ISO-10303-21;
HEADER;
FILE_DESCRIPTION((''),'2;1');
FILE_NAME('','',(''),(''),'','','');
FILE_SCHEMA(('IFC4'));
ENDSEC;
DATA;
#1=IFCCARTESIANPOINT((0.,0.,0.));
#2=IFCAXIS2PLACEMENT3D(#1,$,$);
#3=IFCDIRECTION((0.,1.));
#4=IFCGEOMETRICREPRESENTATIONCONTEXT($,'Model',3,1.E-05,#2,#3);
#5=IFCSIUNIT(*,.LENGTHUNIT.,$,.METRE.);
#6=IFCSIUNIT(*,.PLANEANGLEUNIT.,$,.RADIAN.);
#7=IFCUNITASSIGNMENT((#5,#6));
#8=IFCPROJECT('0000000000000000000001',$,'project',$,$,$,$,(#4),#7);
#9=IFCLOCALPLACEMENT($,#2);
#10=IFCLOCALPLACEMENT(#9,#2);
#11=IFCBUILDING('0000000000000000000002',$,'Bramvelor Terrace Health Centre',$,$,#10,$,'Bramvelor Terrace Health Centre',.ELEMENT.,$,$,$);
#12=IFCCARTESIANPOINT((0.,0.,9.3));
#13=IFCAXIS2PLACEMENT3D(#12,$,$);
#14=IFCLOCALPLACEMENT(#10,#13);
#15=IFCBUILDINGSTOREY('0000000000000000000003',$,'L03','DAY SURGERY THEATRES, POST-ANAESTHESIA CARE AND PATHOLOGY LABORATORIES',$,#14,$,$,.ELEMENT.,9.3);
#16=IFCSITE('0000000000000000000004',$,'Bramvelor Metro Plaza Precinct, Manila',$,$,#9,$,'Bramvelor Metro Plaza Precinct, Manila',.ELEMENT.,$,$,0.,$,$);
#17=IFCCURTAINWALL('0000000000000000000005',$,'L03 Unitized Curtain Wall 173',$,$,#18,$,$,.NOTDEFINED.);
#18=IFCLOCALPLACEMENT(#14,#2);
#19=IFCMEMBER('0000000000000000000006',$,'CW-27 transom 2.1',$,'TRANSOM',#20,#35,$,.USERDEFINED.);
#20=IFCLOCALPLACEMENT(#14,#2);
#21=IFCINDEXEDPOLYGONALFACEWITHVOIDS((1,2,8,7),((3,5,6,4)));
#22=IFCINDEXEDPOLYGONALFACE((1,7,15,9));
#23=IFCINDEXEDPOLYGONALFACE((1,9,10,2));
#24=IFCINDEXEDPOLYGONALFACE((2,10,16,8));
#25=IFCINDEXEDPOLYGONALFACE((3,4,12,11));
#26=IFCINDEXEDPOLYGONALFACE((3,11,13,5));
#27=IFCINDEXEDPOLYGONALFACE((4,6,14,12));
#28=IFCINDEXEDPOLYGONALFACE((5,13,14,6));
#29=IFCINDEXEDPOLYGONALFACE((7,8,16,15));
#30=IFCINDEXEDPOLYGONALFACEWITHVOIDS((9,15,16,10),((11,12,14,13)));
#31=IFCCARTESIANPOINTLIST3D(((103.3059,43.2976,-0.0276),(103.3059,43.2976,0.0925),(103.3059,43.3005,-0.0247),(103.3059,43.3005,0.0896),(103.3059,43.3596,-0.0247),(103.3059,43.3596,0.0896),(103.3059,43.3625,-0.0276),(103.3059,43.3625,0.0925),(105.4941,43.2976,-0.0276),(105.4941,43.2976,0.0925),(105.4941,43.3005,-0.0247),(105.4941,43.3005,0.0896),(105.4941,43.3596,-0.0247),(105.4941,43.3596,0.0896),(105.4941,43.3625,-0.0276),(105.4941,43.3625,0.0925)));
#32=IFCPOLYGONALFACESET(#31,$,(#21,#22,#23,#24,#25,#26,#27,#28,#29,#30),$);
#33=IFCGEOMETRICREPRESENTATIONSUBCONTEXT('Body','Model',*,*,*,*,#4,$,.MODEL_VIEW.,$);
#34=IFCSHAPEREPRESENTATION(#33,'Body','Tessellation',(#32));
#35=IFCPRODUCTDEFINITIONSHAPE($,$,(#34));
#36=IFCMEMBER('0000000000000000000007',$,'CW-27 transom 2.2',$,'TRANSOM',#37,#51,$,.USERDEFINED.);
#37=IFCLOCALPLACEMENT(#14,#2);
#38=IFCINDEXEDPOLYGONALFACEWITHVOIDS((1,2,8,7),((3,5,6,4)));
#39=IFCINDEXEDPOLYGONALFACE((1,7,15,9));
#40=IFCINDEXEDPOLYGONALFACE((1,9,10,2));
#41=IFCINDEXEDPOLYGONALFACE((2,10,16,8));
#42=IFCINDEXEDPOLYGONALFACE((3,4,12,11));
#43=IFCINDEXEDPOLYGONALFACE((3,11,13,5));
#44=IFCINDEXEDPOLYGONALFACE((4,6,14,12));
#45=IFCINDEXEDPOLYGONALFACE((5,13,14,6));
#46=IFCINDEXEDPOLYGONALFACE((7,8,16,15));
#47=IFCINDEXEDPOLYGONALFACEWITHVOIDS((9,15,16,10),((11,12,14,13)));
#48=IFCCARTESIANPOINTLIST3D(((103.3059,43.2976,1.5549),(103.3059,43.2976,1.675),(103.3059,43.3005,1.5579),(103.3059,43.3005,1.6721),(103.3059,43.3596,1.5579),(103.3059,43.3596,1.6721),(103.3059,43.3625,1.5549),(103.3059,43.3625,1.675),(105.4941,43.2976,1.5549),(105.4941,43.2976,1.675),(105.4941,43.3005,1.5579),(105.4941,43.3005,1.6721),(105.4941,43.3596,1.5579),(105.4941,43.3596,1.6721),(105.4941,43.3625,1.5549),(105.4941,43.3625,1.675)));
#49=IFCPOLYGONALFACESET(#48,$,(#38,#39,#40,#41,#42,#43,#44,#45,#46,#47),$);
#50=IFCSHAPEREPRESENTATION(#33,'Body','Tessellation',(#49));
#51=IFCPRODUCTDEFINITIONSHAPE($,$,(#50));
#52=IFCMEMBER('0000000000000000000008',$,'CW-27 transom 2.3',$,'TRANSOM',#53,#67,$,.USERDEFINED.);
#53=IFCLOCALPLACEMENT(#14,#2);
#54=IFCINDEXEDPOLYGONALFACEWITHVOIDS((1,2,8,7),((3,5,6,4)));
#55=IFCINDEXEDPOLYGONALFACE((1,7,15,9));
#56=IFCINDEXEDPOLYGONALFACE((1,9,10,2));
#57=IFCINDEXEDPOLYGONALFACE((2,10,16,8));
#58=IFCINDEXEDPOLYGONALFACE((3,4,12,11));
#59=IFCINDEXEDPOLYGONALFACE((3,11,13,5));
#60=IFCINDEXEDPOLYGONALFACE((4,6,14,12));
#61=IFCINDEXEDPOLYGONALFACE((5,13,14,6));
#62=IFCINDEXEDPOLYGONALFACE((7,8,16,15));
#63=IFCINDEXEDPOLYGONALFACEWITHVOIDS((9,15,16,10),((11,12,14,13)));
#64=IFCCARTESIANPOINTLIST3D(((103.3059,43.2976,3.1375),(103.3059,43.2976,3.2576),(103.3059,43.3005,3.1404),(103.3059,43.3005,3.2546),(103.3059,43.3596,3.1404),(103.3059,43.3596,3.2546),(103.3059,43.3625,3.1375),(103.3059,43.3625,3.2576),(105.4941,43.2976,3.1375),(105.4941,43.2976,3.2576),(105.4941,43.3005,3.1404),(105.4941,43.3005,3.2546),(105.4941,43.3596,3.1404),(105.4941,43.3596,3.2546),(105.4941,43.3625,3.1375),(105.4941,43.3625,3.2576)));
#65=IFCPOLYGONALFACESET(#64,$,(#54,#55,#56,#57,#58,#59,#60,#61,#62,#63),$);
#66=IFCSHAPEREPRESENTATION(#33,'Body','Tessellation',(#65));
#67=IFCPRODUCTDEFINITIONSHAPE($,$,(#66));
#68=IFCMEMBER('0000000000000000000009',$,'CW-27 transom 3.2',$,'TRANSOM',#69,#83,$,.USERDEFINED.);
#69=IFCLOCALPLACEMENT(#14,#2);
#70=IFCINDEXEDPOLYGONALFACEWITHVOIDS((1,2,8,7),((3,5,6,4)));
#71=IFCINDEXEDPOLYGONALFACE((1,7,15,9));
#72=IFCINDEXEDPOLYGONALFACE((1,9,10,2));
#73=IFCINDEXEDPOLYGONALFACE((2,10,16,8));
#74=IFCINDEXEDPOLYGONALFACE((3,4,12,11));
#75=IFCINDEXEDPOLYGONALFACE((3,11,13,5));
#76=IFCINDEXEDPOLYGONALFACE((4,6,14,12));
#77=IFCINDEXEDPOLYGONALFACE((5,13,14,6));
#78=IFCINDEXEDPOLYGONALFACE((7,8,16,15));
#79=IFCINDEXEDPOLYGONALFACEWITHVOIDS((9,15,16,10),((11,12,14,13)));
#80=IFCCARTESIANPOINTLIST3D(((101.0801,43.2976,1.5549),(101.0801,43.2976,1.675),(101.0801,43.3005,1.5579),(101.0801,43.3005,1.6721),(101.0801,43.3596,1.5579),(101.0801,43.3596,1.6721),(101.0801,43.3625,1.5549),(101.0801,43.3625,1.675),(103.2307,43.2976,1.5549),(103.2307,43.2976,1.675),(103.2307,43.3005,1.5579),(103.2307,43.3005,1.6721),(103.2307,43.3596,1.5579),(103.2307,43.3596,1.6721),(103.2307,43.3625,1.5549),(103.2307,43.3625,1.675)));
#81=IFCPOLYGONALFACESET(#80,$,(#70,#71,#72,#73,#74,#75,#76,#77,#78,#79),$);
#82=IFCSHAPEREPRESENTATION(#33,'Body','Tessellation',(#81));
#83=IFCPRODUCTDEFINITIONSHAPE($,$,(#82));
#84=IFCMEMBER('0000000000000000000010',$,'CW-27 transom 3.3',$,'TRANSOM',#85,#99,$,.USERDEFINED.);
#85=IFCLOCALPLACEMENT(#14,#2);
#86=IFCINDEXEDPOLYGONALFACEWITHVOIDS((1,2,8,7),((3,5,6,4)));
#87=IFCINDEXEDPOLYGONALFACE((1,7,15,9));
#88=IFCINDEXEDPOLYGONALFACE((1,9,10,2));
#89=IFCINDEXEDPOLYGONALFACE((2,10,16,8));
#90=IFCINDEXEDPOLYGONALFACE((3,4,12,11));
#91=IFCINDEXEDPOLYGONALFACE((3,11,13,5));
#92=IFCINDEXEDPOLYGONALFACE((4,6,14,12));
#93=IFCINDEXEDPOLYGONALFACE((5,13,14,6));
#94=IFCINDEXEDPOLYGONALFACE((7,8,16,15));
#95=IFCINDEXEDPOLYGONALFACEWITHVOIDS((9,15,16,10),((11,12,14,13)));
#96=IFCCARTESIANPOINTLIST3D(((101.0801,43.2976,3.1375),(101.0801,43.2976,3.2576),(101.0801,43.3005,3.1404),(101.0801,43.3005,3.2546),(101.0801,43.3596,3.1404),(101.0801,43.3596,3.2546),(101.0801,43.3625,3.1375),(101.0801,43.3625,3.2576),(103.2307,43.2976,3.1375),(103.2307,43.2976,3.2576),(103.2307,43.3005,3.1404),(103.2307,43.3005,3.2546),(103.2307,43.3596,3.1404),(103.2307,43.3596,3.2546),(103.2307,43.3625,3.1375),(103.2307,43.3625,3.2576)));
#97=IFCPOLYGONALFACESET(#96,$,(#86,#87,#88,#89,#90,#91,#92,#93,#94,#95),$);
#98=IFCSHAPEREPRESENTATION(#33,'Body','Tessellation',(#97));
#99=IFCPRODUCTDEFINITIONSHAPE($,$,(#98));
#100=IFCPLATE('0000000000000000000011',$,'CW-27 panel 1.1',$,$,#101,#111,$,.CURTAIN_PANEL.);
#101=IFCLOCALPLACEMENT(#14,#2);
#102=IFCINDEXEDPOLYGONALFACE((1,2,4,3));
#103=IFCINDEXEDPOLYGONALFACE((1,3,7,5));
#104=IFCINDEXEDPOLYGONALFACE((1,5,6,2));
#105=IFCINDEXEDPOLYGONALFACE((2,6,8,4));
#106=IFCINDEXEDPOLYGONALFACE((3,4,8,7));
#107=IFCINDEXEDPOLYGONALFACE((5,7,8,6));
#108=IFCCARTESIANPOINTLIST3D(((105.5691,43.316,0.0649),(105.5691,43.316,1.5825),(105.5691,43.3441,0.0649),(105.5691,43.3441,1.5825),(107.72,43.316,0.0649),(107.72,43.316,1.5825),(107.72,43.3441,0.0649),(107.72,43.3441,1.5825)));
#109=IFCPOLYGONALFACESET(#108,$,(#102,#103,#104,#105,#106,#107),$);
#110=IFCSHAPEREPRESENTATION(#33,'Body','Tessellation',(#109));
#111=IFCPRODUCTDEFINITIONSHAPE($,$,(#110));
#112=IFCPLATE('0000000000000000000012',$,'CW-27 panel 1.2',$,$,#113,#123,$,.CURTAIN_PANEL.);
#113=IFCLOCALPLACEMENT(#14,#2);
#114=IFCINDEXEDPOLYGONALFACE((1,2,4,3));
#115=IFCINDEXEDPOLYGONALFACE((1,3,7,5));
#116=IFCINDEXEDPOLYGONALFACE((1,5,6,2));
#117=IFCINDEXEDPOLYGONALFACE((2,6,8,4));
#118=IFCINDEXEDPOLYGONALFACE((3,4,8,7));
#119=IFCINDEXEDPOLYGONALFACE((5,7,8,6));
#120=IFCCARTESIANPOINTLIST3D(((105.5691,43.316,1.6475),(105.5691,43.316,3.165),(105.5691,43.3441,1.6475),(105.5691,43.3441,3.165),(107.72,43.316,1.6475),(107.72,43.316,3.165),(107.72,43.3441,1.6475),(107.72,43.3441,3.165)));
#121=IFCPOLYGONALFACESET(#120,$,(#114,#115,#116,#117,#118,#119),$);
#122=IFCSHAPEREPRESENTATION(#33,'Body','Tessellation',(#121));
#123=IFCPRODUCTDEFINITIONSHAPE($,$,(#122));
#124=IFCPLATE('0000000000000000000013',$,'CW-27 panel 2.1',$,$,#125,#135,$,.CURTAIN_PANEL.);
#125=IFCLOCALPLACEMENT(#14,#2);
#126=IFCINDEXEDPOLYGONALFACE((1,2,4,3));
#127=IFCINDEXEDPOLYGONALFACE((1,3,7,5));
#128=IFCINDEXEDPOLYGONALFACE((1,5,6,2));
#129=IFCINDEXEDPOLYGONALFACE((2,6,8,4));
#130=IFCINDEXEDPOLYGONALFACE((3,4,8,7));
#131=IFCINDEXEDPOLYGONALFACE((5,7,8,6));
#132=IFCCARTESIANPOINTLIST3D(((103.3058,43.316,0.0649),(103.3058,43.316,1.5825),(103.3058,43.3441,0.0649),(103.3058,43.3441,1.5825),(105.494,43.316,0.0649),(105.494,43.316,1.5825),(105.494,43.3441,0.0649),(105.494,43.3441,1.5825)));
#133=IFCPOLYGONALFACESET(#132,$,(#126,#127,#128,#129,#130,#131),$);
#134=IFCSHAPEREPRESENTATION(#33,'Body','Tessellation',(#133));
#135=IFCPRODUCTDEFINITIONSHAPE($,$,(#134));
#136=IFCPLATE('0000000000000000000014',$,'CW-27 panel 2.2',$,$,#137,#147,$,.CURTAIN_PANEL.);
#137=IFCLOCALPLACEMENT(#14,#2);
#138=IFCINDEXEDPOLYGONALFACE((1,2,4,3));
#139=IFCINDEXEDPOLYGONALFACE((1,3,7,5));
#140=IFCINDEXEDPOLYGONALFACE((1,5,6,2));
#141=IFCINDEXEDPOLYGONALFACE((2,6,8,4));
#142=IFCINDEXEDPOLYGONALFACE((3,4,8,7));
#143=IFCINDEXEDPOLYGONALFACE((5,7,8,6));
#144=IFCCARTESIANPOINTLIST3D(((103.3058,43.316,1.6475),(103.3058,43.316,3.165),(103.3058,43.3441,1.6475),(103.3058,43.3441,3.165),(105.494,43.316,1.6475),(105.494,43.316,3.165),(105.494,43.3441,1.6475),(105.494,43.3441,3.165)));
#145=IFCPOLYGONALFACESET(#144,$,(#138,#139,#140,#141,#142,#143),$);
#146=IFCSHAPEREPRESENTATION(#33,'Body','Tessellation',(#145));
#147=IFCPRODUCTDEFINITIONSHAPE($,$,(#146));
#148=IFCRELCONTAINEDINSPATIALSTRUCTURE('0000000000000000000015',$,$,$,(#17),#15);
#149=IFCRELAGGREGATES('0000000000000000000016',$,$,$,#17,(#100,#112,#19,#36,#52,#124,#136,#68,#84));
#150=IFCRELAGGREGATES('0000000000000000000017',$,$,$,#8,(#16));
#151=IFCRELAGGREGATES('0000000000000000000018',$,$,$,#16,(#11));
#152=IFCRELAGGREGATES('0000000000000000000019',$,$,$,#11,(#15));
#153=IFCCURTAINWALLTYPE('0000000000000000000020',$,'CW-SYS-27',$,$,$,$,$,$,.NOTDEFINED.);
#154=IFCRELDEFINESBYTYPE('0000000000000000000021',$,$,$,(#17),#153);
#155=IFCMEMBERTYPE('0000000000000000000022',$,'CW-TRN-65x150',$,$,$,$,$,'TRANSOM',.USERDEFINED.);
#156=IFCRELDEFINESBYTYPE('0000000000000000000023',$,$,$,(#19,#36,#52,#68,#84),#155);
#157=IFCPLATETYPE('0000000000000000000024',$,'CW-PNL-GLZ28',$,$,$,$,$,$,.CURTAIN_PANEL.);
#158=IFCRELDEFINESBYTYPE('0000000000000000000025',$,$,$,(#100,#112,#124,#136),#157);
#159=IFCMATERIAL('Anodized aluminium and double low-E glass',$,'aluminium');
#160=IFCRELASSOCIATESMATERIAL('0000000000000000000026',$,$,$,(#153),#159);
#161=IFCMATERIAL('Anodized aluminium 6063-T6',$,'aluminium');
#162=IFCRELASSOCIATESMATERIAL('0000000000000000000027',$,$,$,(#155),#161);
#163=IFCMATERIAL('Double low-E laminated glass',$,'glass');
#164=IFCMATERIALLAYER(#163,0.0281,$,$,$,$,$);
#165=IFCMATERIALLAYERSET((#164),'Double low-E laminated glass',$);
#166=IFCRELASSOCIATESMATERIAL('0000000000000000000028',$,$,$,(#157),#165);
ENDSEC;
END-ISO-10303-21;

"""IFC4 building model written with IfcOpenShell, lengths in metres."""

from ifc_helpers import new_model, si_unit, direction, frame, origin, origin_2d, place, context, subcontext, project, spatial, rectangle, hollow_rectangle, extrude, material, layer, layer_set, material_profile, profile_set, type_object, element, aggregate, save


model = new_model("IFC4")

# Units and contexts
model_context = context("Model", 3, precision=1e-05, world=origin(), true_north=direction((0.0, 1.0)))
body_context = subcontext(model_context, "Body", "Model", "MODEL_VIEW")
ifc_project = project(units=[si_unit("LENGTHUNIT", "METRE"), si_unit("PLANEANGLEUNIT", "RADIAN")], contexts=[model_context])

# Site, building, storey
site_placement = place(None, origin())
site = spatial("IfcSite", under=ifc_project, at=site_placement, Name="Bramvelor Metro Plaza Precinct, Manila", LongName="Bramvelor Metro Plaza Precinct, Manila", CompositionType="ELEMENT", RefElevation=0.0)
building_placement = place(site_placement, origin())
building = spatial("IfcBuilding", under=site, at=building_placement, Name="Bramvelor Terrace Health Centre", LongName="Bramvelor Terrace Health Centre", CompositionType="ELEMENT")
storey_placement = place(building_placement, frame((0.0, 0.0, 9.3)))
storey = spatial("IfcBuildingStorey", under=building, at=storey_placement, Name="L03", Description="DAY SURGERY THEATRES, POST-ANAESTHESIA CARE AND PATHOLOGY LABORATORIES", CompositionType="ELEMENT", Elevation=9.3)

# Curtain wall
ifc_material_1 = material(Name="Anodized aluminium and double low-E glass", Category="aluminium")
curtain_wall_type = type_object("IfcCurtainWallType", Name="CW-SYS-27", PredefinedType="NOTDEFINED", material=ifc_material_1)
curtain_wall_1_placement = place(storey_placement, origin())
curtain_wall_1 = element("IfcCurtainWall", 1, at=curtain_wall_1_placement, inside=storey, type_object=curtain_wall_type, Name="L03 Unitized Curtain Wall 173", PredefinedType="NOTDEFINED")
ifc_material_2 = material(Name="Anodized aluminium 6063-T6", Category="aluminium")
ifc_material_profile_1 = material_profile(ifc_material_2, hollow_rectangle(XDim=0.0649, YDim=0.1201, WallThickness=0.0029, at=origin_2d()), Name="ALU-TRN 65x120x3.0")
ifc_profile_set_1 = profile_set([ifc_material_profile_1], Name="Anodized aluminium 6063-T6")
member_type_1 = type_object("IfcMemberType", Name="CW-TRN-65x150", ElementType="TRANSOM", PredefinedType="USERDEFINED", material=ifc_profile_set_1)

# Members
member_1_placement = place(storey_placement, frame((105.4941, 43.3301, 0.0325), z_axis=(-1.0, 0.0, 0.0), x_axis=(0.0, -1.0, 0.0)))
member_1 = element("IfcMember", 2, at=member_1_placement, type_object=member_type_1, Name="CW-27 transom 2.1", ObjectType="TRANSOM", PredefinedType="USERDEFINED", context=body_context, shape_type="SweptSolid", body=[
    extrude(hollow_rectangle(XDim=0.0649, YDim=0.1201, WallThickness=0.0029, at=origin_2d()), origin(), (0.0, 0.0, 1.0), 2.1882),
])
member_2_placement = place(storey_placement, frame((105.4941, 43.3301, 1.615), z_axis=(-1.0, 0.0, 0.0), x_axis=(0.0, -1.0, 0.0)))
member_2 = element("IfcMember", 3, at=member_2_placement, type_object=member_type_1, Name="CW-27 transom 2.2", ObjectType="TRANSOM", PredefinedType="USERDEFINED", context=body_context, shape_type="SweptSolid", body=[
    extrude(hollow_rectangle(XDim=0.0649, YDim=0.1201, WallThickness=0.0029, at=origin_2d()), origin(), (0.0, 0.0, 1.0), 2.1882),
])
member_3_placement = place(storey_placement, frame((105.4941, 43.3301, 3.1975), z_axis=(-1.0, 0.0, 0.0), x_axis=(0.0, -1.0, 0.0)))
member_3 = element("IfcMember", 4, at=member_3_placement, type_object=member_type_1, Name="CW-27 transom 2.3", ObjectType="TRANSOM", PredefinedType="USERDEFINED", context=body_context, shape_type="SweptSolid", body=[
    extrude(hollow_rectangle(XDim=0.0649, YDim=0.1201, WallThickness=0.0029, at=origin_2d()), origin(), (0.0, 0.0, 1.0), 2.1882),
])
member_4_placement = place(storey_placement, frame((103.2307, 43.3301, 1.615), z_axis=(-1.0, 0.0, 0.0), x_axis=(0.0, -1.0, 0.0)))
member_4 = element("IfcMember", 5, at=member_4_placement, type_object=member_type_1, Name="CW-27 transom 3.2", ObjectType="TRANSOM", PredefinedType="USERDEFINED", context=body_context, shape_type="SweptSolid", body=[
    extrude(hollow_rectangle(XDim=0.0649, YDim=0.1201, WallThickness=0.0029, at=origin_2d()), origin(), (0.0, 0.0, 1.0), 2.1506),
])
member_5_placement = place(storey_placement, frame((103.2307, 43.3301, 3.1975), z_axis=(-1.0, 0.0, 0.0), x_axis=(0.0, -1.0, 0.0)))
member_5 = element("IfcMember", 6, at=member_5_placement, type_object=member_type_1, Name="CW-27 transom 3.3", ObjectType="TRANSOM", PredefinedType="USERDEFINED", context=body_context, shape_type="SweptSolid", body=[
    extrude(hollow_rectangle(XDim=0.0649, YDim=0.1201, WallThickness=0.0029, at=origin_2d()), origin(), (0.0, 0.0, 1.0), 2.1506),
])

# Plates
ifc_material_3 = material(Name="Double low-E laminated glass", Category="glass")
ifc_layer = layer(ifc_material_3, 0.0281)
ifc_layer_set = layer_set([ifc_layer], Name="Double low-E laminated glass")
plate_type = type_object("IfcPlateType", Name="CW-PNL-GLZ28", PredefinedType="CURTAIN_PANEL", material=ifc_layer_set)
plate_1_placement = place(storey_placement, frame((106.6445, 43.3301, 0.0649), z_axis=(0.0, 0.0, 1.0), x_axis=(-1.0, 0.0, 0.0)))
plate_1 = element("IfcPlate", 7, at=plate_1_placement, type_object=plate_type, Name="CW-27 panel 1.1", PredefinedType="CURTAIN_PANEL", context=body_context, shape_type="SweptSolid", body=[
    extrude(rectangle(XDim=2.1509, YDim=0.0281, at=origin_2d()), origin(), (0.0, 0.0, 1.0), 1.5176),
])
plate_2_placement = place(storey_placement, frame((106.6445, 43.3301, 1.6475), z_axis=(0.0, 0.0, 1.0), x_axis=(-1.0, 0.0, 0.0)))
plate_2 = element("IfcPlate", 8, at=plate_2_placement, type_object=plate_type, Name="CW-27 panel 1.2", PredefinedType="CURTAIN_PANEL", context=body_context, shape_type="SweptSolid", body=[
    extrude(rectangle(XDim=2.1509, YDim=0.0281, at=origin_2d()), origin(), (0.0, 0.0, 1.0), 1.5176),
])
plate_3_placement = place(storey_placement, frame((104.3999, 43.3301, 0.0649), z_axis=(0.0, 0.0, 1.0), x_axis=(-1.0, 0.0, 0.0)))
plate_3 = element("IfcPlate", 9, at=plate_3_placement, type_object=plate_type, Name="CW-27 panel 2.1", PredefinedType="CURTAIN_PANEL", context=body_context, shape_type="SweptSolid", body=[
    extrude(rectangle(XDim=2.1882, YDim=0.0281, at=origin_2d()), origin(), (0.0, 0.0, 1.0), 1.5176),
])
plate_4_placement = place(storey_placement, frame((104.3999, 43.3301, 1.6475), z_axis=(0.0, 0.0, 1.0), x_axis=(-1.0, 0.0, 0.0)))
plate_4 = element("IfcPlate", 10, at=plate_4_placement, type_object=plate_type, Name="CW-27 panel 2.2", PredefinedType="CURTAIN_PANEL", context=body_context, shape_type="SweptSolid", body=[
    extrude(rectangle(XDim=2.1882, YDim=0.0281, at=origin_2d()), origin(), (0.0, 0.0, 1.0), 1.5176),
])
aggregate(curtain_wall_1, [plate_1, plate_2, member_1, member_2, member_3, plate_3, plate_4, member_4, member_5])

save(model, "model.ifc")
